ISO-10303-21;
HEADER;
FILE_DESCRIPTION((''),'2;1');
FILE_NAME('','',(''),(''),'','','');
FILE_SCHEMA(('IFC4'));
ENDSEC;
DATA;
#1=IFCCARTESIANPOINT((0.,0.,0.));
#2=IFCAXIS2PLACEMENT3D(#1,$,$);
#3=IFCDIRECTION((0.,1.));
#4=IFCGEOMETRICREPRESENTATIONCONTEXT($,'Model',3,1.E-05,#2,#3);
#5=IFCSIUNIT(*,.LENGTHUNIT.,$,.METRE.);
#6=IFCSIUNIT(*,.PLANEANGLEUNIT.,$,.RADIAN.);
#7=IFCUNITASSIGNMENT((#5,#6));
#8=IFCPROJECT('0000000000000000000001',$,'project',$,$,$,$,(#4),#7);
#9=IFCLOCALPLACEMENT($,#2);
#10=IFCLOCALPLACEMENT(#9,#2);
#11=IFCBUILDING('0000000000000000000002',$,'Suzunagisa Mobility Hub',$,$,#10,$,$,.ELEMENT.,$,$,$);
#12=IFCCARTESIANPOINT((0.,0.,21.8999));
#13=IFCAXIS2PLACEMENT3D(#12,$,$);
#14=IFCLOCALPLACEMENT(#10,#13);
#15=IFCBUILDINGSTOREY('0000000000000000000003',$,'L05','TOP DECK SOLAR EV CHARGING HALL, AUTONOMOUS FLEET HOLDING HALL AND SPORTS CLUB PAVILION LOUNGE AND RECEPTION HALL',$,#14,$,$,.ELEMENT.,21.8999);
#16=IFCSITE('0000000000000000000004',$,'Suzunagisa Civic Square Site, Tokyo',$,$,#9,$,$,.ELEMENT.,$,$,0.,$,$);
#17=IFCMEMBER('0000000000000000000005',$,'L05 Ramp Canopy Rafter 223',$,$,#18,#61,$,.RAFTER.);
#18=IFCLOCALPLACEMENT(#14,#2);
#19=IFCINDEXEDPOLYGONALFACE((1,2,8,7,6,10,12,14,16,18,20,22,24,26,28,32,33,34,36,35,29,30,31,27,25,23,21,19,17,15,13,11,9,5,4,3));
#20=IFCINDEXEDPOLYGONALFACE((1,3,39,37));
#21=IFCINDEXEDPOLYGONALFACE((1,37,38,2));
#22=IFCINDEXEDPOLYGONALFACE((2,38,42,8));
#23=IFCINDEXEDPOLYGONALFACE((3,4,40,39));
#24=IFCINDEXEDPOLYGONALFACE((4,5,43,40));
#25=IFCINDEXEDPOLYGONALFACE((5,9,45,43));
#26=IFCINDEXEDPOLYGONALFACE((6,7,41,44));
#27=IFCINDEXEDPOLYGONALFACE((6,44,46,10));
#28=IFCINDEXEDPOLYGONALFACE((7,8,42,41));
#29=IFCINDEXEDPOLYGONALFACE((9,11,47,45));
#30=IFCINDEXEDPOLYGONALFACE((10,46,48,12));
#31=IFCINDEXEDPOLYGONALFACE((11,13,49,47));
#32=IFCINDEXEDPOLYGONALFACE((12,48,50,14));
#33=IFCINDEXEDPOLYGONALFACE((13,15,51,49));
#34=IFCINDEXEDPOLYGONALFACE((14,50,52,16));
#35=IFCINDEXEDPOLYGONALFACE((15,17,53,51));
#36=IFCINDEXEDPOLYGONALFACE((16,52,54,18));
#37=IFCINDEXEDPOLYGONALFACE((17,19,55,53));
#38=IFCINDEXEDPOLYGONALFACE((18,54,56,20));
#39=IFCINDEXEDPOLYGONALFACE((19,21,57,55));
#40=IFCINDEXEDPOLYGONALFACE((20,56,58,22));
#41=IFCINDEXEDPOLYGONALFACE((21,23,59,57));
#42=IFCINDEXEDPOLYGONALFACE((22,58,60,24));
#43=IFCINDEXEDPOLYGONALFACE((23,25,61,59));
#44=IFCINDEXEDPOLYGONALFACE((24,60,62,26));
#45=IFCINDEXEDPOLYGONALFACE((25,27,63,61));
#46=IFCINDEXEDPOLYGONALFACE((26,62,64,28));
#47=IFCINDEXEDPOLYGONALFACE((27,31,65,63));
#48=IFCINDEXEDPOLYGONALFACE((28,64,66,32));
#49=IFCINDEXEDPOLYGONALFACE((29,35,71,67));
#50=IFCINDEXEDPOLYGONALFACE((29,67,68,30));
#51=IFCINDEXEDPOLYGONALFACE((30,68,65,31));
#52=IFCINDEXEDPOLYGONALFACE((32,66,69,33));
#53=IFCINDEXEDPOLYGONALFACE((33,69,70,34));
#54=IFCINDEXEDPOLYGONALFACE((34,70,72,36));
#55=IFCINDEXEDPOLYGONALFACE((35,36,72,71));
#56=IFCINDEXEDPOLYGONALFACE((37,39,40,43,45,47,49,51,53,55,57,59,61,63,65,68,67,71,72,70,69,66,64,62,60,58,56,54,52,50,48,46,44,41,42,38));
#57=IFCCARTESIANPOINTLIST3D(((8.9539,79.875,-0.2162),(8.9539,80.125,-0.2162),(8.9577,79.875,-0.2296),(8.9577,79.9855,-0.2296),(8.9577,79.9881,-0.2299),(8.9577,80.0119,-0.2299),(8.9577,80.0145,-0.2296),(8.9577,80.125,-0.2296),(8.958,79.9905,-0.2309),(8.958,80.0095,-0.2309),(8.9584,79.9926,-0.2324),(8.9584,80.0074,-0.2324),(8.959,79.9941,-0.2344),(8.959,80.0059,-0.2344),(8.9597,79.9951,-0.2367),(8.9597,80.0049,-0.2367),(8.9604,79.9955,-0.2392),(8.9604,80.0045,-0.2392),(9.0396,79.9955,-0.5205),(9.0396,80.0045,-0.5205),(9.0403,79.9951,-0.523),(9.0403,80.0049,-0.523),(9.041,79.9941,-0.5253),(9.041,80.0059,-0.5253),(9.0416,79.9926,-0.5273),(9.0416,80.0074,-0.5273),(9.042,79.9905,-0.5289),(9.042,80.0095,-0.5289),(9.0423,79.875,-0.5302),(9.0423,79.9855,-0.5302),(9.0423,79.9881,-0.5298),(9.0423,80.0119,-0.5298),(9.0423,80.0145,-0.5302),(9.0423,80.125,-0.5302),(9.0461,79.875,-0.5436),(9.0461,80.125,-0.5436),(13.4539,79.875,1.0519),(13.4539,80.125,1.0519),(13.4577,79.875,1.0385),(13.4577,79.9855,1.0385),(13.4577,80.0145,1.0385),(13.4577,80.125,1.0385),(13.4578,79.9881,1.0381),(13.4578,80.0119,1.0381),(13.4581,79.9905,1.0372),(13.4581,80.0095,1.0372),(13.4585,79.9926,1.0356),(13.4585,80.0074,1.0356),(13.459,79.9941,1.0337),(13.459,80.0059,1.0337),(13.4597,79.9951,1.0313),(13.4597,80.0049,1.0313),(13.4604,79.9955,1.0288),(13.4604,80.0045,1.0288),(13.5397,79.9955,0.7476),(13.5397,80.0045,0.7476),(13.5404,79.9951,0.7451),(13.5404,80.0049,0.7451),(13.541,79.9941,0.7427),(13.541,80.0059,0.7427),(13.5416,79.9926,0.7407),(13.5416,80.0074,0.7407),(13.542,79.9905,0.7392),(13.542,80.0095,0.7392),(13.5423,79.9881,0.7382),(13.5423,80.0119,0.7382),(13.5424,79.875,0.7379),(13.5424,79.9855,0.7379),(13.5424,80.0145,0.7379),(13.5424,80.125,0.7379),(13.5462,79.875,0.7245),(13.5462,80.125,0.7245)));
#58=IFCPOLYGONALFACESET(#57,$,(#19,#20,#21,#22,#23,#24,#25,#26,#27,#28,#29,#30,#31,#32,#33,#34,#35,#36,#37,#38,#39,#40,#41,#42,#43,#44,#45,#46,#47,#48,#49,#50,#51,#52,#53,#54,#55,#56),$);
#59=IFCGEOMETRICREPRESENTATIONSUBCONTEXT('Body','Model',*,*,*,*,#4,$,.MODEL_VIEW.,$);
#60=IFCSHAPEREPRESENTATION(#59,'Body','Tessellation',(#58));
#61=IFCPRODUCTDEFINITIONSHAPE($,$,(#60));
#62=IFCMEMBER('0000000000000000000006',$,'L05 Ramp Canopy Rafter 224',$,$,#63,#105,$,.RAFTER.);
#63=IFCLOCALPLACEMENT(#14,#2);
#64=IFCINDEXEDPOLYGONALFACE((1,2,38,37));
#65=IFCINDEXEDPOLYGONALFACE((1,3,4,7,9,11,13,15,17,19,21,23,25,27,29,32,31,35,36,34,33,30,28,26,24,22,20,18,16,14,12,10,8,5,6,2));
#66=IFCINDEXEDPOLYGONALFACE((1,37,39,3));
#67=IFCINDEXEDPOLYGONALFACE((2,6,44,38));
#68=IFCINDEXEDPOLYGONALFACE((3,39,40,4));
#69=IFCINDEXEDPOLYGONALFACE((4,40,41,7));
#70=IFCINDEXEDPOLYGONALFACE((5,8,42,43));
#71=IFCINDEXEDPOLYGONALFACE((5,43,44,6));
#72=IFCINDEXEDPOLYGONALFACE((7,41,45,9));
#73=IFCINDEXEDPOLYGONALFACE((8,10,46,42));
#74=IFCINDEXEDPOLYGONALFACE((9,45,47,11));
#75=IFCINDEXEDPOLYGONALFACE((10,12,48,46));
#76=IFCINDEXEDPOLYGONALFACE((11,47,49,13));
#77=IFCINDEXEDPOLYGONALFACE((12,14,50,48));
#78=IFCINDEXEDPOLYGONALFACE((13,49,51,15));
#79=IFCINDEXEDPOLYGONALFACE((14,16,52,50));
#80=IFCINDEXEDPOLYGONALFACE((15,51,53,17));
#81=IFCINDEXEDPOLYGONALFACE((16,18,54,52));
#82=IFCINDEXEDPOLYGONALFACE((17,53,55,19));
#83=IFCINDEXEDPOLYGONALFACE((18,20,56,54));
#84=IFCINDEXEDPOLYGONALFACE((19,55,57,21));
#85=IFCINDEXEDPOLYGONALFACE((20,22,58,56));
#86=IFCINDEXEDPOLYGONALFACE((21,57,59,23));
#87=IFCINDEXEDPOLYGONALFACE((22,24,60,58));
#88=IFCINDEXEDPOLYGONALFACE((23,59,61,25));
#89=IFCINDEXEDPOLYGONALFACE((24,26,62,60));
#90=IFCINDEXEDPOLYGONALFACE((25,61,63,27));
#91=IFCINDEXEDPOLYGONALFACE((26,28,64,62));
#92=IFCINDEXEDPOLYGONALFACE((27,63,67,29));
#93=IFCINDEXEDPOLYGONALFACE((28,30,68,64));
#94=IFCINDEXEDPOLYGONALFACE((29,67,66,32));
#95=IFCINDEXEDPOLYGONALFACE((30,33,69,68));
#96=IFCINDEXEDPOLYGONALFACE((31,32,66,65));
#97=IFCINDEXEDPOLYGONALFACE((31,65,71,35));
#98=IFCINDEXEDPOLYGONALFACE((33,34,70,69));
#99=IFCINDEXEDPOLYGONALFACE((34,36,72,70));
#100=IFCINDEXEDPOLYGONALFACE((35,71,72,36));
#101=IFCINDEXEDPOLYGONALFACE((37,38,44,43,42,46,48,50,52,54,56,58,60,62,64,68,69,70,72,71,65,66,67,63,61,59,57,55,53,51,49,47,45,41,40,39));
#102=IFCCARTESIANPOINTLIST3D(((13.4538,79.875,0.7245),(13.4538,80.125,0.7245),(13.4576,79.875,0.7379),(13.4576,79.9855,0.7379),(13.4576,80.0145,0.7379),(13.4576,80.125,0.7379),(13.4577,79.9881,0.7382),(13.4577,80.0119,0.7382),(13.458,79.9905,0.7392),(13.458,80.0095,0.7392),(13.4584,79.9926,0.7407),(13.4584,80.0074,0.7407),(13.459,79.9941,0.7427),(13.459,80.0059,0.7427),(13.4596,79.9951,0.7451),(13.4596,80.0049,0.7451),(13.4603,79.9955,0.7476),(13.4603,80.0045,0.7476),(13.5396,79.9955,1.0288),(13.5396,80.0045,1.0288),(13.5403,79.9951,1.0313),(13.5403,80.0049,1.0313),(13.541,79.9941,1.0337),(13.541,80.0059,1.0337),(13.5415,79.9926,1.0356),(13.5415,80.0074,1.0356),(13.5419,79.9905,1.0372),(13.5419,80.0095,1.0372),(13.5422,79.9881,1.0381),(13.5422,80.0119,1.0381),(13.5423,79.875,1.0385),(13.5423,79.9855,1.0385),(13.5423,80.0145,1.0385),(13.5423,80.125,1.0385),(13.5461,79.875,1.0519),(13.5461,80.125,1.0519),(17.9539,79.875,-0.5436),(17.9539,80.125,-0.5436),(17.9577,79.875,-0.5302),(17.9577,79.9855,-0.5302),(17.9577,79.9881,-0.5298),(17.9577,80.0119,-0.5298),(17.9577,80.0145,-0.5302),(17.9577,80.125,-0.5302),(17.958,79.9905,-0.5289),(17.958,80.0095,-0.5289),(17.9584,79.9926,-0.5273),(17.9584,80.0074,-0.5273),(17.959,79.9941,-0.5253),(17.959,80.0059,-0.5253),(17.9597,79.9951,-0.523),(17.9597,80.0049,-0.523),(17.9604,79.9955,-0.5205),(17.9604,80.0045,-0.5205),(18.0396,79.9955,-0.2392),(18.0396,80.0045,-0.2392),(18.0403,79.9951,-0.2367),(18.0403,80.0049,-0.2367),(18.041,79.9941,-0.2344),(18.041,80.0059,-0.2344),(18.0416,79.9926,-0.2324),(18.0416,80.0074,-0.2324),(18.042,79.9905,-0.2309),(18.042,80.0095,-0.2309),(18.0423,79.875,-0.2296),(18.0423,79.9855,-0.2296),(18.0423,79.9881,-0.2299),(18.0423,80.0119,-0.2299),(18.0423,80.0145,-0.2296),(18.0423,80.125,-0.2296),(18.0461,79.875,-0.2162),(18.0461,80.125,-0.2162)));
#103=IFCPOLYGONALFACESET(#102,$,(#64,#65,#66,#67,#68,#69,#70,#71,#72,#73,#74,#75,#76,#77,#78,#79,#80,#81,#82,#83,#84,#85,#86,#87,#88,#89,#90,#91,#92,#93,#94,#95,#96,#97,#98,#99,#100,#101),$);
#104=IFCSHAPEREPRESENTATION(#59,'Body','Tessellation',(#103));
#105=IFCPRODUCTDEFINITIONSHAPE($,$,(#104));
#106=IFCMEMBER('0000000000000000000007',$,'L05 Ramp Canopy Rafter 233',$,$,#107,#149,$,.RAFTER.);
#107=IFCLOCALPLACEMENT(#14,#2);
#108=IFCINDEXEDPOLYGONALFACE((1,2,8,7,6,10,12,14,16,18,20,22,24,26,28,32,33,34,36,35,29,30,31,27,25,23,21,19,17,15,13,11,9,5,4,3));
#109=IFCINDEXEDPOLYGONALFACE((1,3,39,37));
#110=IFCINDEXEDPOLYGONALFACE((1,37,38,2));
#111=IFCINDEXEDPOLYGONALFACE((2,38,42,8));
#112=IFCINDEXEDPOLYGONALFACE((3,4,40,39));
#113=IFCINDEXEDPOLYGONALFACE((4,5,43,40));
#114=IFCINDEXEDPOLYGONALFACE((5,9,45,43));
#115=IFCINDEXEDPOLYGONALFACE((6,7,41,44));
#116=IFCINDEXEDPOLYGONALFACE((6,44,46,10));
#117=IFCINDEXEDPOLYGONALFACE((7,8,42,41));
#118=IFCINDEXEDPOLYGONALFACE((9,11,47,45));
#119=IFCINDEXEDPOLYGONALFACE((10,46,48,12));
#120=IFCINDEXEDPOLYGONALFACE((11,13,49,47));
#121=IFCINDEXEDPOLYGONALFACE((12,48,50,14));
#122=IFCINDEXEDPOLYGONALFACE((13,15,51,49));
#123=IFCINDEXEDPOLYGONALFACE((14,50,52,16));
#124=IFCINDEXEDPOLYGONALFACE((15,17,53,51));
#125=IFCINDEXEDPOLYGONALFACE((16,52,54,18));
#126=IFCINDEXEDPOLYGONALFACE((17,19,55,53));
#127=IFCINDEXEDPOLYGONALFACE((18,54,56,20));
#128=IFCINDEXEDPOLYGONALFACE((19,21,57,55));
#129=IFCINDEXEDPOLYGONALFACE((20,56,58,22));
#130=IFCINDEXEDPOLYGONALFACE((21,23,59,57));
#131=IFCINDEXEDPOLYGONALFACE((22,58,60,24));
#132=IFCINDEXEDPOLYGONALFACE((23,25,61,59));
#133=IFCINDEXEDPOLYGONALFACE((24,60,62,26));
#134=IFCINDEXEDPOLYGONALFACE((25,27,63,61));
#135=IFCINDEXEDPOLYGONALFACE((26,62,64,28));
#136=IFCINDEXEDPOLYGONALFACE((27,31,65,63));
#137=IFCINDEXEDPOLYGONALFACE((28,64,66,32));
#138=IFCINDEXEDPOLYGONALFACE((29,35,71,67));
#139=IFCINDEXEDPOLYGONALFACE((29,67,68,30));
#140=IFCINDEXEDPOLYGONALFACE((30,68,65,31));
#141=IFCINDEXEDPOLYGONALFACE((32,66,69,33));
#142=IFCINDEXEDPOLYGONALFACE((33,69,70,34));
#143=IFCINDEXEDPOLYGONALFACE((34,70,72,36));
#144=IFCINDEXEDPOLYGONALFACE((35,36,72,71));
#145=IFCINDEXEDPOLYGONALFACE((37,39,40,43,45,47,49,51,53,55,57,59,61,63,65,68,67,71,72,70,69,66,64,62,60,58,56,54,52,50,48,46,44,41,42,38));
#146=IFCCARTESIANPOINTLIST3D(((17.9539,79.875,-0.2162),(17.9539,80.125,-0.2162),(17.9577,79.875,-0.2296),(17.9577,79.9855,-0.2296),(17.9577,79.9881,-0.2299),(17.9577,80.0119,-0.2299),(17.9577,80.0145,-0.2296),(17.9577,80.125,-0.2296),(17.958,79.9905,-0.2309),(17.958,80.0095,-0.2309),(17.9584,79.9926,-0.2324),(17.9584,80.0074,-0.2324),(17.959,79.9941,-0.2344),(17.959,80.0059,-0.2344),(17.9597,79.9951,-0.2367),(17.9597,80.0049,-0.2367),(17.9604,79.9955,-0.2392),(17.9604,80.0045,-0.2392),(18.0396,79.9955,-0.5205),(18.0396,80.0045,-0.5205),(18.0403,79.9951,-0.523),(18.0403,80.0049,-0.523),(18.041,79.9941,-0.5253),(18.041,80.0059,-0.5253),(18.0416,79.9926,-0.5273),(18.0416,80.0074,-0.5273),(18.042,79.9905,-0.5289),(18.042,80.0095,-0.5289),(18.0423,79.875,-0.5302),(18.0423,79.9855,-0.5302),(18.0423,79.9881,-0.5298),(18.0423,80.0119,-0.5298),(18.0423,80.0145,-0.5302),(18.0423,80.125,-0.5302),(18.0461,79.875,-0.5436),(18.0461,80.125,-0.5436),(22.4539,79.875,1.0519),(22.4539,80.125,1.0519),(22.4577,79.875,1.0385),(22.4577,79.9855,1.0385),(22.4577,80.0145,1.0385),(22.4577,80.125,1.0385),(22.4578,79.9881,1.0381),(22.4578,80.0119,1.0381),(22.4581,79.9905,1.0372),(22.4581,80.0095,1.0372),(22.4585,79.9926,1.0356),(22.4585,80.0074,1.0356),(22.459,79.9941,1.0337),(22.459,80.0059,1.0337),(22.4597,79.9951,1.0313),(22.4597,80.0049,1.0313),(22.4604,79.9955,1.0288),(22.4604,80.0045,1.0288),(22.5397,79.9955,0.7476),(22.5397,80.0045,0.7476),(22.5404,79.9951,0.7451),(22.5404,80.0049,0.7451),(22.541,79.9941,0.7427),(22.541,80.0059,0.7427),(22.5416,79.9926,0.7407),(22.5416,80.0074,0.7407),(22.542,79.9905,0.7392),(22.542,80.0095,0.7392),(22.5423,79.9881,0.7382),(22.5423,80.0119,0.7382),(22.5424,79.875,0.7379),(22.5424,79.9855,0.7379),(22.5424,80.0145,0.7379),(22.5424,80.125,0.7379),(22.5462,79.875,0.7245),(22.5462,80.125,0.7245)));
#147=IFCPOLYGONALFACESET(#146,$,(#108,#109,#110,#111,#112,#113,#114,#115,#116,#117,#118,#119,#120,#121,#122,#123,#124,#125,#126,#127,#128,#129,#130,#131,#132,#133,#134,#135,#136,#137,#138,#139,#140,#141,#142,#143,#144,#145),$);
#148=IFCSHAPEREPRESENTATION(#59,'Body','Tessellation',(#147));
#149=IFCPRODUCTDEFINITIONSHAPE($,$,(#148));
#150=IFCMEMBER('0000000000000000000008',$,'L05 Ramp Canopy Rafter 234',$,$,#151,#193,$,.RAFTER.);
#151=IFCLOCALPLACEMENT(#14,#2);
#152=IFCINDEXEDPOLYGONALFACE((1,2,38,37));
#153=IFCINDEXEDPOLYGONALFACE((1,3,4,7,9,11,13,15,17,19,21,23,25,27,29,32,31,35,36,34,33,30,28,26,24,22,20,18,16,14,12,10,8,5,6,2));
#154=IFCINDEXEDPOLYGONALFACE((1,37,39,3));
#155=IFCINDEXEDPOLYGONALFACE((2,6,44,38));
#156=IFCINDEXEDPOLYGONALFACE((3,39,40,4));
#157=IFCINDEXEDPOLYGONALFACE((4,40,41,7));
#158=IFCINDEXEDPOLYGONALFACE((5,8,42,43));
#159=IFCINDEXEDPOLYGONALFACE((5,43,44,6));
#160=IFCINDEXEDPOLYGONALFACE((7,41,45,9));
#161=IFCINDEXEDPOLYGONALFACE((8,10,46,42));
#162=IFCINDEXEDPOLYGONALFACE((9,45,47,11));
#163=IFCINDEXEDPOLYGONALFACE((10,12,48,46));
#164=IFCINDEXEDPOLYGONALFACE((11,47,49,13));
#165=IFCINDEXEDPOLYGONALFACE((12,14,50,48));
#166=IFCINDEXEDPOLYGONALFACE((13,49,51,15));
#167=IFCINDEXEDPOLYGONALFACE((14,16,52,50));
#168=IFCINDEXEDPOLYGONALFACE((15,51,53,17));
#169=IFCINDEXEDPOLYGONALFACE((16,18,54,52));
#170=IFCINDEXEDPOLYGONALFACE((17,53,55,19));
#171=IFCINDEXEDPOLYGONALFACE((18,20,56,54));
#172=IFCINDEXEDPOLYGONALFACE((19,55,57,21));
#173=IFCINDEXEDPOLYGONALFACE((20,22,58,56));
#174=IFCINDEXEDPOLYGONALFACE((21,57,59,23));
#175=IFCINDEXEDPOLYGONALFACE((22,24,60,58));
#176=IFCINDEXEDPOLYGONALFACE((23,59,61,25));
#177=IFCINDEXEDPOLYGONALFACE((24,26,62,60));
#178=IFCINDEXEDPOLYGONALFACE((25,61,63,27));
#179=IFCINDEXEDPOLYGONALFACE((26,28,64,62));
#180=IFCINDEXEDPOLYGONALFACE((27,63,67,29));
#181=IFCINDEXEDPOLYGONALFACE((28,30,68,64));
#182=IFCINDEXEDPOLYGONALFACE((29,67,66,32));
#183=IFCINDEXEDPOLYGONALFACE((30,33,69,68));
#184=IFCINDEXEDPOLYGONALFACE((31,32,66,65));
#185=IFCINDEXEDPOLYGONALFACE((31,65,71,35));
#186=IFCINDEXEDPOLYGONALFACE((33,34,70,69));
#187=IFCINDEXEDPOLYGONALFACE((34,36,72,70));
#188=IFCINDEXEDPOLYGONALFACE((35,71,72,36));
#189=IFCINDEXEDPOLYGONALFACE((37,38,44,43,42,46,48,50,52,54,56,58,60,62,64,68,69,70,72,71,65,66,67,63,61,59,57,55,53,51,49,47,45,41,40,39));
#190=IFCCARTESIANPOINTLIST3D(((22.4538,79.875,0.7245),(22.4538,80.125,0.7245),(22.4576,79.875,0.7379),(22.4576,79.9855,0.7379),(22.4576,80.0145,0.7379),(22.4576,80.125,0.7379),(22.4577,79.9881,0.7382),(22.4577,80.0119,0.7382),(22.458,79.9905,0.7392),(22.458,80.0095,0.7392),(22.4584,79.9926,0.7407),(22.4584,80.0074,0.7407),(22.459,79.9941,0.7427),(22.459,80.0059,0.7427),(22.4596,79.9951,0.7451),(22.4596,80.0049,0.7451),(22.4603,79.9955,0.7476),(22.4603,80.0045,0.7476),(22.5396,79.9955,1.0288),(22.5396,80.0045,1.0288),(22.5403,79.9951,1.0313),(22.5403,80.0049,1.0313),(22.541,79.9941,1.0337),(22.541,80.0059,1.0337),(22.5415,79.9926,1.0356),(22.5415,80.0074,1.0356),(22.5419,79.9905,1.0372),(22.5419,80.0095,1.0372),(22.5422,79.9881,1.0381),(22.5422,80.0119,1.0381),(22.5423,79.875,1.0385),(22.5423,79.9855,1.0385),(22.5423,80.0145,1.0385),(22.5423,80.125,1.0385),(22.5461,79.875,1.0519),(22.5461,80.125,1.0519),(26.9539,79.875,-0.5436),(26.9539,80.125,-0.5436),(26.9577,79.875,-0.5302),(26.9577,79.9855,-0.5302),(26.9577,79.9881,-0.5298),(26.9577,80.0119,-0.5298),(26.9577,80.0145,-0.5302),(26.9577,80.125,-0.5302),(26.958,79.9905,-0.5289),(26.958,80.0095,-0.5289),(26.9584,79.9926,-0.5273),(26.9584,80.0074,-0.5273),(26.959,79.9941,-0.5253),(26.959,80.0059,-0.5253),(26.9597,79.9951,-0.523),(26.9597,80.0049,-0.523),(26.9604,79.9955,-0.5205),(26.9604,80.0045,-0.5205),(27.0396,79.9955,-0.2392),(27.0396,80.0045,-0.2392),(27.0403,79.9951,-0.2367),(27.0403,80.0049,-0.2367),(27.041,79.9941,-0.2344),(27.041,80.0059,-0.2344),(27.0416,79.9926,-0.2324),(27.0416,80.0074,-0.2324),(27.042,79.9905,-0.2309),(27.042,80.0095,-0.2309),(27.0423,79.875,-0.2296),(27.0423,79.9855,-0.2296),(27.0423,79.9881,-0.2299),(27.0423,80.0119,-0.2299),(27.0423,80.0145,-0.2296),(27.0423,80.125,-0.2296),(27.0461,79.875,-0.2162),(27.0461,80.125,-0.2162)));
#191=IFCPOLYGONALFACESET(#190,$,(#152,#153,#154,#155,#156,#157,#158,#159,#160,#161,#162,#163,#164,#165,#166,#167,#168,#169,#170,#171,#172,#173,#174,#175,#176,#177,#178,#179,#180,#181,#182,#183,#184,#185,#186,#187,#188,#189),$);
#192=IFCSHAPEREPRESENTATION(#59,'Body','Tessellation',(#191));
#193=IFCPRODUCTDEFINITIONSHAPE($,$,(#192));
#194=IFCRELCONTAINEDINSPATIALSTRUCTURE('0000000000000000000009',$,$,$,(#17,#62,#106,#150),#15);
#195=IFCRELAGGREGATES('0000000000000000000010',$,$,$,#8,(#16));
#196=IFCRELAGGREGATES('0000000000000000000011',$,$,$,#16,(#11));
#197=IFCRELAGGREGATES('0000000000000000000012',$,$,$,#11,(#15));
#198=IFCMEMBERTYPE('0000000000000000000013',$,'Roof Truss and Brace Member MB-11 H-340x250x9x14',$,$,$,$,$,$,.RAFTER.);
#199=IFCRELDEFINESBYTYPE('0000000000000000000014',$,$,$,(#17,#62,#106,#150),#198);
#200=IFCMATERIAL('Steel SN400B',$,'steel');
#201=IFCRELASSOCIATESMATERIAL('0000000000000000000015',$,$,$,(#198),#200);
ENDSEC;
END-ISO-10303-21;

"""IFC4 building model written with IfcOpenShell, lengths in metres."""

from ifc_helpers import new_model, si_unit, direction, frame, origin, origin_2d, place, context, subcontext, project, spatial, i_section, extrude, material, material_profile, profile_set, type_object, element, save


model = new_model("IFC4")

# Units and contexts
model_context = context("Model", 3, precision=1e-05, world=origin(), true_north=direction((0.0, 1.0)))
body_context = subcontext(model_context, "Body", "Model", "MODEL_VIEW")
ifc_project = project(units=[si_unit("LENGTHUNIT", "METRE"), si_unit("PLANEANGLEUNIT", "RADIAN")], contexts=[model_context])

# Site, building, storey
site_placement = place(None, origin())
site = spatial("IfcSite", under=ifc_project, at=site_placement, Name="Suzunagisa Civic Square Site, Tokyo", CompositionType="ELEMENT", RefElevation=0.0)
building_placement = place(site_placement, origin())
building = spatial("IfcBuilding", under=site, at=building_placement, Name="Suzunagisa Mobility Hub", CompositionType="ELEMENT")
storey_placement = place(building_placement, frame((0.0, 0.0, 21.8999)))
storey = spatial("IfcBuildingStorey", under=building, at=storey_placement, Name="L05", Description="TOP DECK SOLAR EV CHARGING HALL, AUTONOMOUS FLEET HOLDING HALL AND SPORTS CLUB PAVILION LOUNGE AND RECEPTION HALL", CompositionType="ELEMENT", Elevation=21.8999)

# Members
ifc_material_1 = material(Name="Steel SN400B", Category="steel")
ifc_material_profile_1 = material_profile(ifc_material_1, i_section(OverallWidth=0.25, OverallDepth=0.3401, WebThickness=0.009, FlangeThickness=0.0139, FilletRadius=0.01, at=origin_2d()), Name="H-340x250x9x14")
ifc_profile_set_1 = profile_set([ifc_material_profile_1], Name="Steel SN400B")
member_type_1 = type_object("IfcMemberType", Name="Roof Truss and Brace Member MB-11 H-340x250x9x14", PredefinedType="RAFTER", material=ifc_profile_set_1)
for number, where, z_axis, x_axis, name in (
    (1, (9.0, 80.0, -0.3799), (0.962515, 0.0, 0.271229), (0.0, 1.0, 0.0), "L05 Ramp Canopy Rafter 223"),
    (2, (18.0, 80.0, -0.3799), (-0.962515, 0.0, 0.271229), (0.0, -1.0, 0.0), "L05 Ramp Canopy Rafter 224"),
    (3, (18.0, 80.0, -0.3799), (0.962515, 0.0, 0.271229), (0.0, 1.0, 0.0), "L05 Ramp Canopy Rafter 233"),
    (4, (27.0, 80.0, -0.3799), (-0.962515, 0.0, 0.271229), (0.0, -1.0, 0.0), "L05 Ramp Canopy Rafter 234"),
):
    element("IfcMember", number, at=place(storey_placement, frame(where, z_axis=z_axis, x_axis=x_axis)), inside=storey, type_object=member_type_1, Name=name, PredefinedType="RAFTER", context=body_context, shape_type="SweptSolid", body=[
        extrude(i_section(OverallWidth=0.25, OverallDepth=0.3401, WebThickness=0.009, FlangeThickness=0.0139, FilletRadius=0.01, at=origin_2d()), origin(), (0.0, 0.0, 1.0), 4.6753),
    ])

save(model, "model.ifc")
